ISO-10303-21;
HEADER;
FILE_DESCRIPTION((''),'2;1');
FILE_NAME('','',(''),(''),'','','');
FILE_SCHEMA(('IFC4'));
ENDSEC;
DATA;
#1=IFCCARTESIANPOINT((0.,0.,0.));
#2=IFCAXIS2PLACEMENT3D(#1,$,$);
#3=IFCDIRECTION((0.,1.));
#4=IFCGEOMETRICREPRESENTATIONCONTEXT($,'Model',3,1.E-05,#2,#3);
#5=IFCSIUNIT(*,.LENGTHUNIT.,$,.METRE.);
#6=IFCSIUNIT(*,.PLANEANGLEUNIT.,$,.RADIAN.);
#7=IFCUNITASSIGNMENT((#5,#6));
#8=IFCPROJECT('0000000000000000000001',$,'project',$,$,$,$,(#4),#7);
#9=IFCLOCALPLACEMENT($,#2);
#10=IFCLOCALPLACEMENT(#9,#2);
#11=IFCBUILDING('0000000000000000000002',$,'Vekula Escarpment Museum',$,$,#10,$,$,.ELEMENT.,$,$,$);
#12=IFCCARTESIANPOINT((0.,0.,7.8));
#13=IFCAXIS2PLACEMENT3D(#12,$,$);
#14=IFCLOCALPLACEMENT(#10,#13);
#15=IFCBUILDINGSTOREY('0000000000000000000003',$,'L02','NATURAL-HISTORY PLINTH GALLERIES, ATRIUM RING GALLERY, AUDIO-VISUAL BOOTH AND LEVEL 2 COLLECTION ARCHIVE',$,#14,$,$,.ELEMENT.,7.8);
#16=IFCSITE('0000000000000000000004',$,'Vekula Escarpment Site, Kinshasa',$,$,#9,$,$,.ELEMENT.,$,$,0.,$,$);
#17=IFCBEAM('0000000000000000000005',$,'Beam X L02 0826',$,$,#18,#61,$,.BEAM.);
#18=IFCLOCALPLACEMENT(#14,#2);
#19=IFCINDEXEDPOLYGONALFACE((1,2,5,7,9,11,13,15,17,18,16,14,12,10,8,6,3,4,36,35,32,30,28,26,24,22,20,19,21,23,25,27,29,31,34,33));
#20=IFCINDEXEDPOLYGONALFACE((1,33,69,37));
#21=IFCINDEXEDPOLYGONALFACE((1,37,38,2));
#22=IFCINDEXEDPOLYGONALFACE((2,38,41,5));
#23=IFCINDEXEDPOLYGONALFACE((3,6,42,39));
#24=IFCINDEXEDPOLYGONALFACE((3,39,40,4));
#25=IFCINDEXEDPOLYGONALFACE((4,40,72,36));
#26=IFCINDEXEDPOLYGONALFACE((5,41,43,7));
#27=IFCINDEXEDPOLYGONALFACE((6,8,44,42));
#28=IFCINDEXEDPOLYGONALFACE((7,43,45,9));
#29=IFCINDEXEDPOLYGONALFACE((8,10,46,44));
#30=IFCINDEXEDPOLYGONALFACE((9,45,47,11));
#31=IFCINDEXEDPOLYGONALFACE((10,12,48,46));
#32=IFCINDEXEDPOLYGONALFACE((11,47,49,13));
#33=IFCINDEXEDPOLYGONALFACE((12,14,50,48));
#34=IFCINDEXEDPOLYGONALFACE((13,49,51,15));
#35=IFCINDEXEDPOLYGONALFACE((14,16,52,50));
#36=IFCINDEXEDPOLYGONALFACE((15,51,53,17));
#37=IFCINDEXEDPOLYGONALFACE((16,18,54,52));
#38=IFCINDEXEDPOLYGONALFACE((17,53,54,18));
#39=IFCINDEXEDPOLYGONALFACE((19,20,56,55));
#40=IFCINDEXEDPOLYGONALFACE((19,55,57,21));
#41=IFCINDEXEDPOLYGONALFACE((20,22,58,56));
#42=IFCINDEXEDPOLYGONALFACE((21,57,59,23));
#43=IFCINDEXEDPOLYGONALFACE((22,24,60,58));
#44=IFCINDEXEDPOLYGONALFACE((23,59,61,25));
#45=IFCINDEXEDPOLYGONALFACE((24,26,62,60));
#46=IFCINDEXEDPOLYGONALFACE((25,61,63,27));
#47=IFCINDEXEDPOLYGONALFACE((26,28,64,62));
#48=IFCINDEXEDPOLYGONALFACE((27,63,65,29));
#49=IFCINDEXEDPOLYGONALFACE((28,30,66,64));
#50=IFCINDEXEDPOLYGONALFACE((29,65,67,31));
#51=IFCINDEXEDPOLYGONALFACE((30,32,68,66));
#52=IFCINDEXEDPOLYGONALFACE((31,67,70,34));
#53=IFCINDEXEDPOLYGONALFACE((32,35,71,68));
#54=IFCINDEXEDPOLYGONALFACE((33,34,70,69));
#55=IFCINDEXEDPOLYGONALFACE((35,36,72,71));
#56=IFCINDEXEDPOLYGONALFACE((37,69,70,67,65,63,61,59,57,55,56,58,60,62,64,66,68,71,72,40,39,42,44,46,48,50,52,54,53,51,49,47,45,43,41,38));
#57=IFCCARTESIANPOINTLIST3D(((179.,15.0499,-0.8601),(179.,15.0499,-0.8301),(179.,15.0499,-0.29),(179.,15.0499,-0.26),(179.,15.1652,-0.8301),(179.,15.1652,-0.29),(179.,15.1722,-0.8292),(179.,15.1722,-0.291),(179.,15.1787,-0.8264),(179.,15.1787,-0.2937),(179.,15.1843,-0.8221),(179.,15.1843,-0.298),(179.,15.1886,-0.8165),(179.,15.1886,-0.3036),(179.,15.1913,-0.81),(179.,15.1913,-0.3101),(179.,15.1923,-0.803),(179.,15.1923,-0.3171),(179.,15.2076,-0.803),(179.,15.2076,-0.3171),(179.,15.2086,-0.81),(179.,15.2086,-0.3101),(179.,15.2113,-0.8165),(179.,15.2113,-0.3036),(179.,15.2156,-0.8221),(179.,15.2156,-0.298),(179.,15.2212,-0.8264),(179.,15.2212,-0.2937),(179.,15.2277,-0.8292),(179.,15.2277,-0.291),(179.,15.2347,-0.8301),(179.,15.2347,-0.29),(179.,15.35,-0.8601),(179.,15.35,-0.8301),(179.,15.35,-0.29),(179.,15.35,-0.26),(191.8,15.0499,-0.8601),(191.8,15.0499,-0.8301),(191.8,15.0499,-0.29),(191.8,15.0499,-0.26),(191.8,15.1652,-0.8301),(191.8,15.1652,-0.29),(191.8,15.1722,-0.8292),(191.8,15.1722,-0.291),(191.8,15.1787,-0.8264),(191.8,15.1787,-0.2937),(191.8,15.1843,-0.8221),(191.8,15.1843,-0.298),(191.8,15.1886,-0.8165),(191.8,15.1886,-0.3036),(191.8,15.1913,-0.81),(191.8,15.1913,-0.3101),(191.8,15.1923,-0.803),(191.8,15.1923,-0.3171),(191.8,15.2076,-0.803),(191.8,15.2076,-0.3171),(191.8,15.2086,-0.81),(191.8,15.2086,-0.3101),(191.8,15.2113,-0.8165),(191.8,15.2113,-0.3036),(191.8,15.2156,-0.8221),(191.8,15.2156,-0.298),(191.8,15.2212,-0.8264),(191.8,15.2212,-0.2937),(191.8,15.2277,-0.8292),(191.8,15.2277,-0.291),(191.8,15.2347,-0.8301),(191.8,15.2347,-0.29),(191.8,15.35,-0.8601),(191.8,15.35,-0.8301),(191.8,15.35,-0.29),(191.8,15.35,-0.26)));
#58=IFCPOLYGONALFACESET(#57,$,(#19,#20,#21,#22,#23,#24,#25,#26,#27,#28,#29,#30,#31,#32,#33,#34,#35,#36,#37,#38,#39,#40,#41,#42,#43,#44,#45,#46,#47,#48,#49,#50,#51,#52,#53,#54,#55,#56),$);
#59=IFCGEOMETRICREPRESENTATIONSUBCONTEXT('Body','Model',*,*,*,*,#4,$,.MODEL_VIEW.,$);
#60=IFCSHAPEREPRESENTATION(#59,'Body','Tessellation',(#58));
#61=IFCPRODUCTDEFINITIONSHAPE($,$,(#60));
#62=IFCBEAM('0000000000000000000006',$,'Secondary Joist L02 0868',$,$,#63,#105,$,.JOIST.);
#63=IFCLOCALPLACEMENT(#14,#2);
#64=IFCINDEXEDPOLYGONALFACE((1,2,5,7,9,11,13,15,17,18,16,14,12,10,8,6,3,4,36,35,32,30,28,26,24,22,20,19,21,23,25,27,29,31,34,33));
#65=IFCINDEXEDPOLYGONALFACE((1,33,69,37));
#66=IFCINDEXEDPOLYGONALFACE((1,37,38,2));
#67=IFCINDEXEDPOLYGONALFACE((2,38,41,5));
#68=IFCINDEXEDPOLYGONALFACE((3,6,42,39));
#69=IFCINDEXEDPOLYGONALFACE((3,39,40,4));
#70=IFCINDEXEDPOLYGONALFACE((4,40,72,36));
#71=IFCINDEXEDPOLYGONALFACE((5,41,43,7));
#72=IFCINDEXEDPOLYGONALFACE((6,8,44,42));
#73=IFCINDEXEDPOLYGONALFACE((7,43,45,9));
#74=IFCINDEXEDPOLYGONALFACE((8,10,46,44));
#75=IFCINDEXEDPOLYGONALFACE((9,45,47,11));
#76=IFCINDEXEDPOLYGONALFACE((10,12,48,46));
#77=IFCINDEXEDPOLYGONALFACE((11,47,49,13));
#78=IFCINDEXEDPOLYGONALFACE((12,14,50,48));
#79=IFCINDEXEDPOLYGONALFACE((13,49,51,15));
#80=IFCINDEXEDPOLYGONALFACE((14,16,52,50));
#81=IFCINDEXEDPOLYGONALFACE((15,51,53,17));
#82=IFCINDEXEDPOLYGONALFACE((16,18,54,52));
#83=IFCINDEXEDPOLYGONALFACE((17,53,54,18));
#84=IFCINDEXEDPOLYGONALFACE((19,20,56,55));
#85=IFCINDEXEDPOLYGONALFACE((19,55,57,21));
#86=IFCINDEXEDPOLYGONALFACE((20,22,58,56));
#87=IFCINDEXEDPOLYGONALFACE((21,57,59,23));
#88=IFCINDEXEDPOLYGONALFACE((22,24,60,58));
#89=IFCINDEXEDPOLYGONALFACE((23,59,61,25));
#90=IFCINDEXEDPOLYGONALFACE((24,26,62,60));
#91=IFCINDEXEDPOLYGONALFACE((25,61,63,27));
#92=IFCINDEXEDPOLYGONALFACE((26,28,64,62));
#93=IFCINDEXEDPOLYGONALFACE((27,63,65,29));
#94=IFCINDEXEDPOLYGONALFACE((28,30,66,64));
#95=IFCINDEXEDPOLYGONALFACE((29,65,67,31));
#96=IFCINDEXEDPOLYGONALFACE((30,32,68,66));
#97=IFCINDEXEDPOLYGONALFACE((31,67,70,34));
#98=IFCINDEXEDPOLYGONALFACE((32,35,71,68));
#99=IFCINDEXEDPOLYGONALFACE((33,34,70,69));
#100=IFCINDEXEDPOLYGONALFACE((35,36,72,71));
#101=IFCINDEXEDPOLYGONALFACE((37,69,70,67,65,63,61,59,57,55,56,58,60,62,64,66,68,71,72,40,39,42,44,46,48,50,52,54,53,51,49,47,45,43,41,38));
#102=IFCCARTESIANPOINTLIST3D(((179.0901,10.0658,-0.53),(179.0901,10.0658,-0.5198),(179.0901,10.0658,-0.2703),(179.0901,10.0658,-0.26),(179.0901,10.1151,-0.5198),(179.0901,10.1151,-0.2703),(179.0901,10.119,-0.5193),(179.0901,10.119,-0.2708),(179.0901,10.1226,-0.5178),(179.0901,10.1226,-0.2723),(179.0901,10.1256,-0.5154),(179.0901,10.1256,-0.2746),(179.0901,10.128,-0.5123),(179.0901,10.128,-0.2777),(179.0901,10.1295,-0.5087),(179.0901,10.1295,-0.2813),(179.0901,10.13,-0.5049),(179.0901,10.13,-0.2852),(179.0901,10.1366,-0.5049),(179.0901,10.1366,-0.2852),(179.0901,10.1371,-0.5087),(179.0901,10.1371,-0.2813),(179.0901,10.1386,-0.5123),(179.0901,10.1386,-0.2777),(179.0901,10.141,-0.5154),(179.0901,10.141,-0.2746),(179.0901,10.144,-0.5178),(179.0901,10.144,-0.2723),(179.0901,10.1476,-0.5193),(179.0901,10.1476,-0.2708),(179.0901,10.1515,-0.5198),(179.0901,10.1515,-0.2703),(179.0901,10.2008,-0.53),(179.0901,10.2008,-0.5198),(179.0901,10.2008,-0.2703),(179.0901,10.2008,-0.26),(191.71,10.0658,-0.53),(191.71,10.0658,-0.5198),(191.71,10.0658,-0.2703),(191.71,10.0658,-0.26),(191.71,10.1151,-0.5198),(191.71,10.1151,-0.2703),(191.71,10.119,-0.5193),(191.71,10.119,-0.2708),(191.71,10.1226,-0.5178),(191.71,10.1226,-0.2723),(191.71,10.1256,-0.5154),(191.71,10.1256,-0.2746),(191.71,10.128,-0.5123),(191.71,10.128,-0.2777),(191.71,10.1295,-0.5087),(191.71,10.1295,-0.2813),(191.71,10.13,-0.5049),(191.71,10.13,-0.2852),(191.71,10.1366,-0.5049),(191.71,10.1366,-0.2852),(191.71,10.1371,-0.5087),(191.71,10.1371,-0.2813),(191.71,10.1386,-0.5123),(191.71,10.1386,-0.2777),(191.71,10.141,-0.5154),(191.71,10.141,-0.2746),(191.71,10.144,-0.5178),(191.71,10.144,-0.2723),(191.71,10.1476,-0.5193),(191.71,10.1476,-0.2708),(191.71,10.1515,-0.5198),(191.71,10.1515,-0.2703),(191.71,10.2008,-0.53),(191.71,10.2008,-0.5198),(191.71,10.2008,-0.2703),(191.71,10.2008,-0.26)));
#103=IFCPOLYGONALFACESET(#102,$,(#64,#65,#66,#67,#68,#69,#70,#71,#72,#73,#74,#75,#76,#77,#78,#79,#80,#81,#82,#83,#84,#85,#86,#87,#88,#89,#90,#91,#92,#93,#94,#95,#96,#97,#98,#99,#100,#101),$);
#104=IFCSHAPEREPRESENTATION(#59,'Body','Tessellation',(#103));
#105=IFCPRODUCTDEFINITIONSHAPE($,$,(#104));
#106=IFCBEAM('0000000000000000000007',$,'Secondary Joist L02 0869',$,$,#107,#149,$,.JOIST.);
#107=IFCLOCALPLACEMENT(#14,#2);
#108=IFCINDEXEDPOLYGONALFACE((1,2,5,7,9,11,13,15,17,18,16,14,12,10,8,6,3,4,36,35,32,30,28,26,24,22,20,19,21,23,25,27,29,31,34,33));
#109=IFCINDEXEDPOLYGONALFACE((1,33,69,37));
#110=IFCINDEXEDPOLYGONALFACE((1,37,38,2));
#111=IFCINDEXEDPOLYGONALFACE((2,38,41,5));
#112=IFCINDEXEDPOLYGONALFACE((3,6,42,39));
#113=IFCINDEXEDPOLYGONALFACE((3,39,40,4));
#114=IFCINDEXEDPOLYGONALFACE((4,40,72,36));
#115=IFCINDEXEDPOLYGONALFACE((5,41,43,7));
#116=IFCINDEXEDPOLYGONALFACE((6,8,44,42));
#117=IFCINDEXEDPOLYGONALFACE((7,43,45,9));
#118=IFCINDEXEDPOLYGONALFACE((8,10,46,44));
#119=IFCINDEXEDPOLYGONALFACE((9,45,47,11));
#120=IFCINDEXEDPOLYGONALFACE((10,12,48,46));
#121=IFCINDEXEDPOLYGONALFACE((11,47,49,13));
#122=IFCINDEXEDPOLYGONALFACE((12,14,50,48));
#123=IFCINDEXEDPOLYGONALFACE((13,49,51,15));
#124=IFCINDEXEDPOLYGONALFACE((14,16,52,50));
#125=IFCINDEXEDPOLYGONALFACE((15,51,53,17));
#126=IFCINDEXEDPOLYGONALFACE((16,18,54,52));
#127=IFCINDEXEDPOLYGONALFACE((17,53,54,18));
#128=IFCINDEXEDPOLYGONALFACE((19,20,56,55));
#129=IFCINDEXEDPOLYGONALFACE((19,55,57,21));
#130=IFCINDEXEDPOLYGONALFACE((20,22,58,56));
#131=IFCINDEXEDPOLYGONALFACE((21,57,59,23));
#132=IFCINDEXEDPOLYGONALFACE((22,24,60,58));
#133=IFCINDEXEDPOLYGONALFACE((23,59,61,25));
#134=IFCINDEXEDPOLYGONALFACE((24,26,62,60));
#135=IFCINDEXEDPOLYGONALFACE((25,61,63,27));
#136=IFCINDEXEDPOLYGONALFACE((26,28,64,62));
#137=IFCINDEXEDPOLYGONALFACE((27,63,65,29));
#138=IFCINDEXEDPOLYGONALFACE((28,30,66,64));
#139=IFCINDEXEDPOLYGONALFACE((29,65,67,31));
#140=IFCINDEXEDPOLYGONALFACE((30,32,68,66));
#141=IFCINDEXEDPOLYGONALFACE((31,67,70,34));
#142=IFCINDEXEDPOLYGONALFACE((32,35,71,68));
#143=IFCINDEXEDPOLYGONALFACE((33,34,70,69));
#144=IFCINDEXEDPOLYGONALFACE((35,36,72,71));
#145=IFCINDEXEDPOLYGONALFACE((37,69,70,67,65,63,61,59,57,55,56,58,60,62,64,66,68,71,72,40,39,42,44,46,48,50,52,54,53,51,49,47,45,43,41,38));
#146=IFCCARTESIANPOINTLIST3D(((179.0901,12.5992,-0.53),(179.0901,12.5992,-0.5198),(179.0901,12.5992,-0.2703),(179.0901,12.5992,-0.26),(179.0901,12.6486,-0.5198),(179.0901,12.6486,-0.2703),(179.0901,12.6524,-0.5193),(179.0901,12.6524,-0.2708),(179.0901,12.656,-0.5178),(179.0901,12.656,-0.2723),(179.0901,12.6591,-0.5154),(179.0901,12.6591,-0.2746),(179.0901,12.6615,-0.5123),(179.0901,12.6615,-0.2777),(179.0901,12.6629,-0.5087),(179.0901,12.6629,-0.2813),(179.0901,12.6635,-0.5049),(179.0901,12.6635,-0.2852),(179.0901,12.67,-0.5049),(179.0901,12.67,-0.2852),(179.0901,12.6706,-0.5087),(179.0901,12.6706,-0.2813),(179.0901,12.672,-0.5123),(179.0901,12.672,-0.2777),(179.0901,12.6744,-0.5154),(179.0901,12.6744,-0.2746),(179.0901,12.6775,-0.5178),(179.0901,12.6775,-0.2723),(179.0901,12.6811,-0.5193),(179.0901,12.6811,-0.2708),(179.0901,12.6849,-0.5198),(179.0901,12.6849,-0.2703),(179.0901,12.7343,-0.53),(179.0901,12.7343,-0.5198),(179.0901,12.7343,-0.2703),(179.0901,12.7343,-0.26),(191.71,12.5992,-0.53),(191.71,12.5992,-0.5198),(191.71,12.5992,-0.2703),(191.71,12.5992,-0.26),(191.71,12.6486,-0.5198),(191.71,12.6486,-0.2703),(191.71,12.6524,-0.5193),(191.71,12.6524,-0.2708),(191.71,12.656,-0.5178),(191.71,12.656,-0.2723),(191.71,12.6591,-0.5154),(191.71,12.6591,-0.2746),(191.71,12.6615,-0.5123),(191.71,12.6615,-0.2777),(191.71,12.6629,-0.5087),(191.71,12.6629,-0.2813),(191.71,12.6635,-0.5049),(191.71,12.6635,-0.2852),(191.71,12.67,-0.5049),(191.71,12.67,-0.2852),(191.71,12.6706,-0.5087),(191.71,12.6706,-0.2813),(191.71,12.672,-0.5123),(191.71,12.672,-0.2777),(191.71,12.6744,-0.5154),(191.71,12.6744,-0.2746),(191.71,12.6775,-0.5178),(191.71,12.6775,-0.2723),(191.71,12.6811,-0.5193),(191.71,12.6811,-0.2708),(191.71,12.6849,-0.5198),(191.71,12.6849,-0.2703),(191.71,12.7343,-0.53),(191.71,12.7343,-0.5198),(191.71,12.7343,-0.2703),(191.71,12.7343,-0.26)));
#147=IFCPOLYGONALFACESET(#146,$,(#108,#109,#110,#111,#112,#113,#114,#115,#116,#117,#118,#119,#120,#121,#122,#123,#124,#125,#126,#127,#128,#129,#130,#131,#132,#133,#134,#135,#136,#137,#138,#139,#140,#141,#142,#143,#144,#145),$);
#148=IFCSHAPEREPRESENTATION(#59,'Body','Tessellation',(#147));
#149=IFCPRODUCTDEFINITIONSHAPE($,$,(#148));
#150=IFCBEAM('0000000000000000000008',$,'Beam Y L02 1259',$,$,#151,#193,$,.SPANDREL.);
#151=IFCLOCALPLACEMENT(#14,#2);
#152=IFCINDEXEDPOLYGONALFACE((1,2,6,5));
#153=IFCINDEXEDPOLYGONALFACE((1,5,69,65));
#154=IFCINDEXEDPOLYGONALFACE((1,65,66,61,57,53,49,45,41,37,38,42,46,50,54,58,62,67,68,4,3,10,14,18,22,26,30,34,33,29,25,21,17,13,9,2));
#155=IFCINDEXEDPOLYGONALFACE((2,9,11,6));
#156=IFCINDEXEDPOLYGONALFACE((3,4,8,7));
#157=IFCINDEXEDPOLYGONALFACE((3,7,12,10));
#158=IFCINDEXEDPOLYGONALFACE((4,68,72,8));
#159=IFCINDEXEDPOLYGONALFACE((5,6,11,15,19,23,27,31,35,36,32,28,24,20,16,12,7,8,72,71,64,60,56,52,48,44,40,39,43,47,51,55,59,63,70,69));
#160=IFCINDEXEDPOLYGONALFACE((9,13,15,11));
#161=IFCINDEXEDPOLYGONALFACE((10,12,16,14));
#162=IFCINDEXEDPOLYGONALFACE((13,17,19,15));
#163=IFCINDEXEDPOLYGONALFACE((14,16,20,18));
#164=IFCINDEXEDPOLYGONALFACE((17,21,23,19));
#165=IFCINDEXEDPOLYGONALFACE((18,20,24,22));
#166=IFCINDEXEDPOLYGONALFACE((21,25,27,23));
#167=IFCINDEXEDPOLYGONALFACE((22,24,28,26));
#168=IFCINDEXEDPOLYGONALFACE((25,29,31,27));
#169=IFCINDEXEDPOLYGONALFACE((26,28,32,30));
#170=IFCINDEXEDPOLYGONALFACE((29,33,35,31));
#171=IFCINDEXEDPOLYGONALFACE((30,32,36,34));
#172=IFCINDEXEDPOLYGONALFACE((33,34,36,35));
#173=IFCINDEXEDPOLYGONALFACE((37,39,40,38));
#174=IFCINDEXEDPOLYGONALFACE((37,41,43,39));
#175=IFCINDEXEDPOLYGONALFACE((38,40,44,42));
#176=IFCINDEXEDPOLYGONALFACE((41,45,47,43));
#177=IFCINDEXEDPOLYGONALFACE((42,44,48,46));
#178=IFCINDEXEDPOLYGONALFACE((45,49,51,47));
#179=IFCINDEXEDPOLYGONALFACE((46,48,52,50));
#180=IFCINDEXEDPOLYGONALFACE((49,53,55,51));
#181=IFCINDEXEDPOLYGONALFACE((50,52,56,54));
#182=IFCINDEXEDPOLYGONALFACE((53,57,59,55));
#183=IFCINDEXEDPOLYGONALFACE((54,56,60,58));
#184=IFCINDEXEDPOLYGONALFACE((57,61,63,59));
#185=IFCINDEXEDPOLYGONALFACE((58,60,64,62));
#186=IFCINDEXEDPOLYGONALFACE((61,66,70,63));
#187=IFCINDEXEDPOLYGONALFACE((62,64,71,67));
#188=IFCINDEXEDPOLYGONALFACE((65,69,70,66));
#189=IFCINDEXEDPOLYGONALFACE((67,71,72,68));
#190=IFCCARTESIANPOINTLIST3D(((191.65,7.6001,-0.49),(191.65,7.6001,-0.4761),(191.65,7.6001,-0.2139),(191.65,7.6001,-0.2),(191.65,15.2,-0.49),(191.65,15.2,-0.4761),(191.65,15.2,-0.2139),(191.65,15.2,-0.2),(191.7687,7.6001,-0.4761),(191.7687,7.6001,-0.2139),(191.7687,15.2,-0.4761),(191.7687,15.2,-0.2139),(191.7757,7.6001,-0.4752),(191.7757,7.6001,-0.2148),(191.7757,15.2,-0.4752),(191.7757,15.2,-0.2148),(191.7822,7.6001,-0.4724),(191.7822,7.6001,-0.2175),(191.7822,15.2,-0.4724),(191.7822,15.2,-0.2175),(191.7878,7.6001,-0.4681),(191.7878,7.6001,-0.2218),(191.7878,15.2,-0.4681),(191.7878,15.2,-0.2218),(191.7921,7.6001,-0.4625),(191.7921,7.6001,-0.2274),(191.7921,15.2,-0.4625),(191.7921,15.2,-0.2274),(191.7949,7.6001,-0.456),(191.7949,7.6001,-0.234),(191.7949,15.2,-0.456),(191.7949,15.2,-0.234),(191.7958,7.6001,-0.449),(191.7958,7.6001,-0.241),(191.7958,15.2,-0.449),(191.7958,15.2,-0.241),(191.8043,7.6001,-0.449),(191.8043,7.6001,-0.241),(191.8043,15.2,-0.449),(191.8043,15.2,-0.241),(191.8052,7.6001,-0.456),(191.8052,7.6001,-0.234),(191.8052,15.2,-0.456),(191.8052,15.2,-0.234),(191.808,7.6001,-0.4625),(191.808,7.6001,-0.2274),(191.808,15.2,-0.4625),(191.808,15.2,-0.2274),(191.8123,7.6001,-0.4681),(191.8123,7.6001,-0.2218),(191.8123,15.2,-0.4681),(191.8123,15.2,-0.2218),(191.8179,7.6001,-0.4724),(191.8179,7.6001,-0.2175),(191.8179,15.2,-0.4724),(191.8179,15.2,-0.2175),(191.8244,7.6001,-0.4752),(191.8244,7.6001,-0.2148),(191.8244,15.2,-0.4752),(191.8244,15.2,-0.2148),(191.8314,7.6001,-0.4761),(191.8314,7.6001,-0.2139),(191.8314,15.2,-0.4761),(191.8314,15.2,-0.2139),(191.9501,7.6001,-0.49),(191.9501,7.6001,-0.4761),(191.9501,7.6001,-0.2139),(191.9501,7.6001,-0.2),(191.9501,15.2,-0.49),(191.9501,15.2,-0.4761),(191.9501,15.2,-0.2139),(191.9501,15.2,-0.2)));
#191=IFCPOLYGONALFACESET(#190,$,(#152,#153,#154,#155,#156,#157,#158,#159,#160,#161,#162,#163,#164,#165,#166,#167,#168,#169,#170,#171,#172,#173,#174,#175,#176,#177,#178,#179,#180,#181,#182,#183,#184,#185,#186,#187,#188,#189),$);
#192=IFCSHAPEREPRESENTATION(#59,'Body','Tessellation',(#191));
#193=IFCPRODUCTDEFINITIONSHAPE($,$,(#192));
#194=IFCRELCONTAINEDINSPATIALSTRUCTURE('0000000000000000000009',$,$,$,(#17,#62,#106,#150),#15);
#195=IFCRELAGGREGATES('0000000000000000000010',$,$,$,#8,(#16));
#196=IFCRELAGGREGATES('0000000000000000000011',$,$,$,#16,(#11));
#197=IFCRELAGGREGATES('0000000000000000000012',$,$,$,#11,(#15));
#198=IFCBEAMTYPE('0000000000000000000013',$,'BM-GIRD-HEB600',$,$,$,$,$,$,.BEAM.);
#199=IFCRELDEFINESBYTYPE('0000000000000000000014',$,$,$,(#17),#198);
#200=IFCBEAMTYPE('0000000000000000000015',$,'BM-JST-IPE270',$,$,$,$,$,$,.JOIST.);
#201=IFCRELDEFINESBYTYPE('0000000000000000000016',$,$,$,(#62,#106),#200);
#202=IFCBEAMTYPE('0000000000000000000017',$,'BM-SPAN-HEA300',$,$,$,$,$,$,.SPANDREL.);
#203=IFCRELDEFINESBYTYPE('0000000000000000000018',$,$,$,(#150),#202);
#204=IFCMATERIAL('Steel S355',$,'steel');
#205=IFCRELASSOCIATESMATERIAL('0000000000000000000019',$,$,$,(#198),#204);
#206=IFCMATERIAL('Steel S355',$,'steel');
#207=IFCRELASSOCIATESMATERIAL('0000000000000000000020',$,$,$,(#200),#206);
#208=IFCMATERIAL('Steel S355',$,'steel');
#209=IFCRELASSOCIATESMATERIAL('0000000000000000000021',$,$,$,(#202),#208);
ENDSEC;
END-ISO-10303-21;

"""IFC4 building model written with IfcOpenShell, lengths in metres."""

from ifc_helpers import new_model, si_unit, direction, frame, origin, origin_2d, place, context, subcontext, project, spatial, i_section, extrude, material, material_profile, profile_set, type_object, element, save


model = new_model("IFC4")

# Units and contexts
model_context = context("Model", 3, precision=1e-05, world=origin(), true_north=direction((0.0, 1.0)))
body_context = subcontext(model_context, "Body", "Model", "MODEL_VIEW")
ifc_project = project(units=[si_unit("LENGTHUNIT", "METRE"), si_unit("PLANEANGLEUNIT", "RADIAN")], contexts=[model_context])

# Site, building, storey
site_placement = place(None, origin())
site = spatial("IfcSite", under=ifc_project, at=site_placement, Name="Vekula Escarpment Site, Kinshasa", CompositionType="ELEMENT", RefElevation=0.0)
building_placement = place(site_placement, origin())
building = spatial("IfcBuilding", under=site, at=building_placement, Name="Vekula Escarpment Museum", CompositionType="ELEMENT")
storey_placement = place(building_placement, frame((0.0, 0.0, 7.8)))
storey = spatial("IfcBuildingStorey", under=building, at=storey_placement, Name="L02", Description="NATURAL-HISTORY PLINTH GALLERIES, ATRIUM RING GALLERY, AUDIO-VISUAL BOOTH AND LEVEL 2 COLLECTION ARCHIVE", CompositionType="ELEMENT", Elevation=7.8)

# Beams
ifc_material_1 = material(Name="Steel S355", Category="steel")
ifc_material_profile_1 = material_profile(ifc_material_1, i_section(OverallWidth=0.3, OverallDepth=0.6001, WebThickness=0.0154, FlangeThickness=0.03, FilletRadius=0.0271, at=origin_2d()), Name="HEB 600")
ifc_profile_set_1 = profile_set([ifc_material_profile_1], Name="Steel S355")
beam_type_1 = type_object("IfcBeamType", Name="BM-GIRD-HEB600", PredefinedType="BEAM", material=ifc_profile_set_1)
for number, where, z_axis, x_axis, name in (
    (1, (179.0, 15.2, -0.5601), (1.0, 0.0, 0.0), (0.0, 1.0, 0.0), "Beam X L02 0826"),
):
    element("IfcBeam", number, at=place(storey_placement, frame(where, z_axis=z_axis, x_axis=x_axis)), inside=storey, type_object=beam_type_1, Name=name, PredefinedType="BEAM", context=body_context, shape_type="SweptSolid", body=[
        extrude(i_section(OverallWidth=0.3, OverallDepth=0.6001, WebThickness=0.0154, FlangeThickness=0.03, FilletRadius=0.0271, at=origin_2d()), origin(), (0.0, 0.0, 1.0), 12.8),
    ])
ifc_material_2 = material(Name="Steel S355", Category="steel")
ifc_material_profile_2 = material_profile(ifc_material_2, i_section(OverallWidth=0.135, OverallDepth=0.27, WebThickness=0.0066, FlangeThickness=0.0103, FilletRadius=0.0149, at=origin_2d()), Name="IPE 270")
ifc_profile_set_2 = profile_set([ifc_material_profile_2], Name="Steel S355")
beam_type_2 = type_object("IfcBeamType", Name="BM-JST-IPE270", PredefinedType="JOIST", material=ifc_profile_set_2)
for number, where, z_axis, x_axis, name in (
    (2, (179.0901, 10.1333, -0.395), (1.0, 0.0, 0.0), (0.0, 1.0, 0.0), "Secondary Joist L02 0868"),
    (3, (179.0901, 12.6667, -0.395), (1.0, 0.0, 0.0), (0.0, 1.0, 0.0), "Secondary Joist L02 0869"),
):
    element("IfcBeam", number, at=place(storey_placement, frame(where, z_axis=z_axis, x_axis=x_axis)), inside=storey, type_object=beam_type_2, Name=name, PredefinedType="JOIST", context=body_context, shape_type="SweptSolid", body=[
        extrude(i_section(OverallWidth=0.135, OverallDepth=0.27, WebThickness=0.0066, FlangeThickness=0.0103, FilletRadius=0.0149, at=origin_2d()), origin(), (0.0, 0.0, 1.0), 12.6199),
    ])
ifc_material_3 = material(Name="Steel S355", Category="steel")
ifc_material_profile_3 = material_profile(ifc_material_3, i_section(OverallWidth=0.3, OverallDepth=0.29, WebThickness=0.0085, FlangeThickness=0.0139, FilletRadius=0.0271, at=origin_2d()), Name="HEA 300")
ifc_profile_set_3 = profile_set([ifc_material_profile_3], Name="Steel S355")
beam_type_3 = type_object("IfcBeamType", Name="BM-SPAN-HEA300", PredefinedType="SPANDREL", material=ifc_profile_set_3)
beam_1_placement = place(storey_placement, frame((191.8, 7.6001, -0.345), z_axis=(0.0, 1.0, 0.0), x_axis=(-1.0, 0.0, 0.0)))
element("IfcBeam", 4, at=beam_1_placement, inside=storey, type_object=beam_type_3, Name="Beam Y L02 1259", PredefinedType="SPANDREL", context=body_context, shape_type="SweptSolid", body=[
    extrude(i_section(OverallWidth=0.3, OverallDepth=0.29, WebThickness=0.0085, FlangeThickness=0.0139, FilletRadius=0.0271, at=origin_2d()), origin(), (0.0, 0.0, 1.0), 7.5999),
])

save(model, "model.ifc")
